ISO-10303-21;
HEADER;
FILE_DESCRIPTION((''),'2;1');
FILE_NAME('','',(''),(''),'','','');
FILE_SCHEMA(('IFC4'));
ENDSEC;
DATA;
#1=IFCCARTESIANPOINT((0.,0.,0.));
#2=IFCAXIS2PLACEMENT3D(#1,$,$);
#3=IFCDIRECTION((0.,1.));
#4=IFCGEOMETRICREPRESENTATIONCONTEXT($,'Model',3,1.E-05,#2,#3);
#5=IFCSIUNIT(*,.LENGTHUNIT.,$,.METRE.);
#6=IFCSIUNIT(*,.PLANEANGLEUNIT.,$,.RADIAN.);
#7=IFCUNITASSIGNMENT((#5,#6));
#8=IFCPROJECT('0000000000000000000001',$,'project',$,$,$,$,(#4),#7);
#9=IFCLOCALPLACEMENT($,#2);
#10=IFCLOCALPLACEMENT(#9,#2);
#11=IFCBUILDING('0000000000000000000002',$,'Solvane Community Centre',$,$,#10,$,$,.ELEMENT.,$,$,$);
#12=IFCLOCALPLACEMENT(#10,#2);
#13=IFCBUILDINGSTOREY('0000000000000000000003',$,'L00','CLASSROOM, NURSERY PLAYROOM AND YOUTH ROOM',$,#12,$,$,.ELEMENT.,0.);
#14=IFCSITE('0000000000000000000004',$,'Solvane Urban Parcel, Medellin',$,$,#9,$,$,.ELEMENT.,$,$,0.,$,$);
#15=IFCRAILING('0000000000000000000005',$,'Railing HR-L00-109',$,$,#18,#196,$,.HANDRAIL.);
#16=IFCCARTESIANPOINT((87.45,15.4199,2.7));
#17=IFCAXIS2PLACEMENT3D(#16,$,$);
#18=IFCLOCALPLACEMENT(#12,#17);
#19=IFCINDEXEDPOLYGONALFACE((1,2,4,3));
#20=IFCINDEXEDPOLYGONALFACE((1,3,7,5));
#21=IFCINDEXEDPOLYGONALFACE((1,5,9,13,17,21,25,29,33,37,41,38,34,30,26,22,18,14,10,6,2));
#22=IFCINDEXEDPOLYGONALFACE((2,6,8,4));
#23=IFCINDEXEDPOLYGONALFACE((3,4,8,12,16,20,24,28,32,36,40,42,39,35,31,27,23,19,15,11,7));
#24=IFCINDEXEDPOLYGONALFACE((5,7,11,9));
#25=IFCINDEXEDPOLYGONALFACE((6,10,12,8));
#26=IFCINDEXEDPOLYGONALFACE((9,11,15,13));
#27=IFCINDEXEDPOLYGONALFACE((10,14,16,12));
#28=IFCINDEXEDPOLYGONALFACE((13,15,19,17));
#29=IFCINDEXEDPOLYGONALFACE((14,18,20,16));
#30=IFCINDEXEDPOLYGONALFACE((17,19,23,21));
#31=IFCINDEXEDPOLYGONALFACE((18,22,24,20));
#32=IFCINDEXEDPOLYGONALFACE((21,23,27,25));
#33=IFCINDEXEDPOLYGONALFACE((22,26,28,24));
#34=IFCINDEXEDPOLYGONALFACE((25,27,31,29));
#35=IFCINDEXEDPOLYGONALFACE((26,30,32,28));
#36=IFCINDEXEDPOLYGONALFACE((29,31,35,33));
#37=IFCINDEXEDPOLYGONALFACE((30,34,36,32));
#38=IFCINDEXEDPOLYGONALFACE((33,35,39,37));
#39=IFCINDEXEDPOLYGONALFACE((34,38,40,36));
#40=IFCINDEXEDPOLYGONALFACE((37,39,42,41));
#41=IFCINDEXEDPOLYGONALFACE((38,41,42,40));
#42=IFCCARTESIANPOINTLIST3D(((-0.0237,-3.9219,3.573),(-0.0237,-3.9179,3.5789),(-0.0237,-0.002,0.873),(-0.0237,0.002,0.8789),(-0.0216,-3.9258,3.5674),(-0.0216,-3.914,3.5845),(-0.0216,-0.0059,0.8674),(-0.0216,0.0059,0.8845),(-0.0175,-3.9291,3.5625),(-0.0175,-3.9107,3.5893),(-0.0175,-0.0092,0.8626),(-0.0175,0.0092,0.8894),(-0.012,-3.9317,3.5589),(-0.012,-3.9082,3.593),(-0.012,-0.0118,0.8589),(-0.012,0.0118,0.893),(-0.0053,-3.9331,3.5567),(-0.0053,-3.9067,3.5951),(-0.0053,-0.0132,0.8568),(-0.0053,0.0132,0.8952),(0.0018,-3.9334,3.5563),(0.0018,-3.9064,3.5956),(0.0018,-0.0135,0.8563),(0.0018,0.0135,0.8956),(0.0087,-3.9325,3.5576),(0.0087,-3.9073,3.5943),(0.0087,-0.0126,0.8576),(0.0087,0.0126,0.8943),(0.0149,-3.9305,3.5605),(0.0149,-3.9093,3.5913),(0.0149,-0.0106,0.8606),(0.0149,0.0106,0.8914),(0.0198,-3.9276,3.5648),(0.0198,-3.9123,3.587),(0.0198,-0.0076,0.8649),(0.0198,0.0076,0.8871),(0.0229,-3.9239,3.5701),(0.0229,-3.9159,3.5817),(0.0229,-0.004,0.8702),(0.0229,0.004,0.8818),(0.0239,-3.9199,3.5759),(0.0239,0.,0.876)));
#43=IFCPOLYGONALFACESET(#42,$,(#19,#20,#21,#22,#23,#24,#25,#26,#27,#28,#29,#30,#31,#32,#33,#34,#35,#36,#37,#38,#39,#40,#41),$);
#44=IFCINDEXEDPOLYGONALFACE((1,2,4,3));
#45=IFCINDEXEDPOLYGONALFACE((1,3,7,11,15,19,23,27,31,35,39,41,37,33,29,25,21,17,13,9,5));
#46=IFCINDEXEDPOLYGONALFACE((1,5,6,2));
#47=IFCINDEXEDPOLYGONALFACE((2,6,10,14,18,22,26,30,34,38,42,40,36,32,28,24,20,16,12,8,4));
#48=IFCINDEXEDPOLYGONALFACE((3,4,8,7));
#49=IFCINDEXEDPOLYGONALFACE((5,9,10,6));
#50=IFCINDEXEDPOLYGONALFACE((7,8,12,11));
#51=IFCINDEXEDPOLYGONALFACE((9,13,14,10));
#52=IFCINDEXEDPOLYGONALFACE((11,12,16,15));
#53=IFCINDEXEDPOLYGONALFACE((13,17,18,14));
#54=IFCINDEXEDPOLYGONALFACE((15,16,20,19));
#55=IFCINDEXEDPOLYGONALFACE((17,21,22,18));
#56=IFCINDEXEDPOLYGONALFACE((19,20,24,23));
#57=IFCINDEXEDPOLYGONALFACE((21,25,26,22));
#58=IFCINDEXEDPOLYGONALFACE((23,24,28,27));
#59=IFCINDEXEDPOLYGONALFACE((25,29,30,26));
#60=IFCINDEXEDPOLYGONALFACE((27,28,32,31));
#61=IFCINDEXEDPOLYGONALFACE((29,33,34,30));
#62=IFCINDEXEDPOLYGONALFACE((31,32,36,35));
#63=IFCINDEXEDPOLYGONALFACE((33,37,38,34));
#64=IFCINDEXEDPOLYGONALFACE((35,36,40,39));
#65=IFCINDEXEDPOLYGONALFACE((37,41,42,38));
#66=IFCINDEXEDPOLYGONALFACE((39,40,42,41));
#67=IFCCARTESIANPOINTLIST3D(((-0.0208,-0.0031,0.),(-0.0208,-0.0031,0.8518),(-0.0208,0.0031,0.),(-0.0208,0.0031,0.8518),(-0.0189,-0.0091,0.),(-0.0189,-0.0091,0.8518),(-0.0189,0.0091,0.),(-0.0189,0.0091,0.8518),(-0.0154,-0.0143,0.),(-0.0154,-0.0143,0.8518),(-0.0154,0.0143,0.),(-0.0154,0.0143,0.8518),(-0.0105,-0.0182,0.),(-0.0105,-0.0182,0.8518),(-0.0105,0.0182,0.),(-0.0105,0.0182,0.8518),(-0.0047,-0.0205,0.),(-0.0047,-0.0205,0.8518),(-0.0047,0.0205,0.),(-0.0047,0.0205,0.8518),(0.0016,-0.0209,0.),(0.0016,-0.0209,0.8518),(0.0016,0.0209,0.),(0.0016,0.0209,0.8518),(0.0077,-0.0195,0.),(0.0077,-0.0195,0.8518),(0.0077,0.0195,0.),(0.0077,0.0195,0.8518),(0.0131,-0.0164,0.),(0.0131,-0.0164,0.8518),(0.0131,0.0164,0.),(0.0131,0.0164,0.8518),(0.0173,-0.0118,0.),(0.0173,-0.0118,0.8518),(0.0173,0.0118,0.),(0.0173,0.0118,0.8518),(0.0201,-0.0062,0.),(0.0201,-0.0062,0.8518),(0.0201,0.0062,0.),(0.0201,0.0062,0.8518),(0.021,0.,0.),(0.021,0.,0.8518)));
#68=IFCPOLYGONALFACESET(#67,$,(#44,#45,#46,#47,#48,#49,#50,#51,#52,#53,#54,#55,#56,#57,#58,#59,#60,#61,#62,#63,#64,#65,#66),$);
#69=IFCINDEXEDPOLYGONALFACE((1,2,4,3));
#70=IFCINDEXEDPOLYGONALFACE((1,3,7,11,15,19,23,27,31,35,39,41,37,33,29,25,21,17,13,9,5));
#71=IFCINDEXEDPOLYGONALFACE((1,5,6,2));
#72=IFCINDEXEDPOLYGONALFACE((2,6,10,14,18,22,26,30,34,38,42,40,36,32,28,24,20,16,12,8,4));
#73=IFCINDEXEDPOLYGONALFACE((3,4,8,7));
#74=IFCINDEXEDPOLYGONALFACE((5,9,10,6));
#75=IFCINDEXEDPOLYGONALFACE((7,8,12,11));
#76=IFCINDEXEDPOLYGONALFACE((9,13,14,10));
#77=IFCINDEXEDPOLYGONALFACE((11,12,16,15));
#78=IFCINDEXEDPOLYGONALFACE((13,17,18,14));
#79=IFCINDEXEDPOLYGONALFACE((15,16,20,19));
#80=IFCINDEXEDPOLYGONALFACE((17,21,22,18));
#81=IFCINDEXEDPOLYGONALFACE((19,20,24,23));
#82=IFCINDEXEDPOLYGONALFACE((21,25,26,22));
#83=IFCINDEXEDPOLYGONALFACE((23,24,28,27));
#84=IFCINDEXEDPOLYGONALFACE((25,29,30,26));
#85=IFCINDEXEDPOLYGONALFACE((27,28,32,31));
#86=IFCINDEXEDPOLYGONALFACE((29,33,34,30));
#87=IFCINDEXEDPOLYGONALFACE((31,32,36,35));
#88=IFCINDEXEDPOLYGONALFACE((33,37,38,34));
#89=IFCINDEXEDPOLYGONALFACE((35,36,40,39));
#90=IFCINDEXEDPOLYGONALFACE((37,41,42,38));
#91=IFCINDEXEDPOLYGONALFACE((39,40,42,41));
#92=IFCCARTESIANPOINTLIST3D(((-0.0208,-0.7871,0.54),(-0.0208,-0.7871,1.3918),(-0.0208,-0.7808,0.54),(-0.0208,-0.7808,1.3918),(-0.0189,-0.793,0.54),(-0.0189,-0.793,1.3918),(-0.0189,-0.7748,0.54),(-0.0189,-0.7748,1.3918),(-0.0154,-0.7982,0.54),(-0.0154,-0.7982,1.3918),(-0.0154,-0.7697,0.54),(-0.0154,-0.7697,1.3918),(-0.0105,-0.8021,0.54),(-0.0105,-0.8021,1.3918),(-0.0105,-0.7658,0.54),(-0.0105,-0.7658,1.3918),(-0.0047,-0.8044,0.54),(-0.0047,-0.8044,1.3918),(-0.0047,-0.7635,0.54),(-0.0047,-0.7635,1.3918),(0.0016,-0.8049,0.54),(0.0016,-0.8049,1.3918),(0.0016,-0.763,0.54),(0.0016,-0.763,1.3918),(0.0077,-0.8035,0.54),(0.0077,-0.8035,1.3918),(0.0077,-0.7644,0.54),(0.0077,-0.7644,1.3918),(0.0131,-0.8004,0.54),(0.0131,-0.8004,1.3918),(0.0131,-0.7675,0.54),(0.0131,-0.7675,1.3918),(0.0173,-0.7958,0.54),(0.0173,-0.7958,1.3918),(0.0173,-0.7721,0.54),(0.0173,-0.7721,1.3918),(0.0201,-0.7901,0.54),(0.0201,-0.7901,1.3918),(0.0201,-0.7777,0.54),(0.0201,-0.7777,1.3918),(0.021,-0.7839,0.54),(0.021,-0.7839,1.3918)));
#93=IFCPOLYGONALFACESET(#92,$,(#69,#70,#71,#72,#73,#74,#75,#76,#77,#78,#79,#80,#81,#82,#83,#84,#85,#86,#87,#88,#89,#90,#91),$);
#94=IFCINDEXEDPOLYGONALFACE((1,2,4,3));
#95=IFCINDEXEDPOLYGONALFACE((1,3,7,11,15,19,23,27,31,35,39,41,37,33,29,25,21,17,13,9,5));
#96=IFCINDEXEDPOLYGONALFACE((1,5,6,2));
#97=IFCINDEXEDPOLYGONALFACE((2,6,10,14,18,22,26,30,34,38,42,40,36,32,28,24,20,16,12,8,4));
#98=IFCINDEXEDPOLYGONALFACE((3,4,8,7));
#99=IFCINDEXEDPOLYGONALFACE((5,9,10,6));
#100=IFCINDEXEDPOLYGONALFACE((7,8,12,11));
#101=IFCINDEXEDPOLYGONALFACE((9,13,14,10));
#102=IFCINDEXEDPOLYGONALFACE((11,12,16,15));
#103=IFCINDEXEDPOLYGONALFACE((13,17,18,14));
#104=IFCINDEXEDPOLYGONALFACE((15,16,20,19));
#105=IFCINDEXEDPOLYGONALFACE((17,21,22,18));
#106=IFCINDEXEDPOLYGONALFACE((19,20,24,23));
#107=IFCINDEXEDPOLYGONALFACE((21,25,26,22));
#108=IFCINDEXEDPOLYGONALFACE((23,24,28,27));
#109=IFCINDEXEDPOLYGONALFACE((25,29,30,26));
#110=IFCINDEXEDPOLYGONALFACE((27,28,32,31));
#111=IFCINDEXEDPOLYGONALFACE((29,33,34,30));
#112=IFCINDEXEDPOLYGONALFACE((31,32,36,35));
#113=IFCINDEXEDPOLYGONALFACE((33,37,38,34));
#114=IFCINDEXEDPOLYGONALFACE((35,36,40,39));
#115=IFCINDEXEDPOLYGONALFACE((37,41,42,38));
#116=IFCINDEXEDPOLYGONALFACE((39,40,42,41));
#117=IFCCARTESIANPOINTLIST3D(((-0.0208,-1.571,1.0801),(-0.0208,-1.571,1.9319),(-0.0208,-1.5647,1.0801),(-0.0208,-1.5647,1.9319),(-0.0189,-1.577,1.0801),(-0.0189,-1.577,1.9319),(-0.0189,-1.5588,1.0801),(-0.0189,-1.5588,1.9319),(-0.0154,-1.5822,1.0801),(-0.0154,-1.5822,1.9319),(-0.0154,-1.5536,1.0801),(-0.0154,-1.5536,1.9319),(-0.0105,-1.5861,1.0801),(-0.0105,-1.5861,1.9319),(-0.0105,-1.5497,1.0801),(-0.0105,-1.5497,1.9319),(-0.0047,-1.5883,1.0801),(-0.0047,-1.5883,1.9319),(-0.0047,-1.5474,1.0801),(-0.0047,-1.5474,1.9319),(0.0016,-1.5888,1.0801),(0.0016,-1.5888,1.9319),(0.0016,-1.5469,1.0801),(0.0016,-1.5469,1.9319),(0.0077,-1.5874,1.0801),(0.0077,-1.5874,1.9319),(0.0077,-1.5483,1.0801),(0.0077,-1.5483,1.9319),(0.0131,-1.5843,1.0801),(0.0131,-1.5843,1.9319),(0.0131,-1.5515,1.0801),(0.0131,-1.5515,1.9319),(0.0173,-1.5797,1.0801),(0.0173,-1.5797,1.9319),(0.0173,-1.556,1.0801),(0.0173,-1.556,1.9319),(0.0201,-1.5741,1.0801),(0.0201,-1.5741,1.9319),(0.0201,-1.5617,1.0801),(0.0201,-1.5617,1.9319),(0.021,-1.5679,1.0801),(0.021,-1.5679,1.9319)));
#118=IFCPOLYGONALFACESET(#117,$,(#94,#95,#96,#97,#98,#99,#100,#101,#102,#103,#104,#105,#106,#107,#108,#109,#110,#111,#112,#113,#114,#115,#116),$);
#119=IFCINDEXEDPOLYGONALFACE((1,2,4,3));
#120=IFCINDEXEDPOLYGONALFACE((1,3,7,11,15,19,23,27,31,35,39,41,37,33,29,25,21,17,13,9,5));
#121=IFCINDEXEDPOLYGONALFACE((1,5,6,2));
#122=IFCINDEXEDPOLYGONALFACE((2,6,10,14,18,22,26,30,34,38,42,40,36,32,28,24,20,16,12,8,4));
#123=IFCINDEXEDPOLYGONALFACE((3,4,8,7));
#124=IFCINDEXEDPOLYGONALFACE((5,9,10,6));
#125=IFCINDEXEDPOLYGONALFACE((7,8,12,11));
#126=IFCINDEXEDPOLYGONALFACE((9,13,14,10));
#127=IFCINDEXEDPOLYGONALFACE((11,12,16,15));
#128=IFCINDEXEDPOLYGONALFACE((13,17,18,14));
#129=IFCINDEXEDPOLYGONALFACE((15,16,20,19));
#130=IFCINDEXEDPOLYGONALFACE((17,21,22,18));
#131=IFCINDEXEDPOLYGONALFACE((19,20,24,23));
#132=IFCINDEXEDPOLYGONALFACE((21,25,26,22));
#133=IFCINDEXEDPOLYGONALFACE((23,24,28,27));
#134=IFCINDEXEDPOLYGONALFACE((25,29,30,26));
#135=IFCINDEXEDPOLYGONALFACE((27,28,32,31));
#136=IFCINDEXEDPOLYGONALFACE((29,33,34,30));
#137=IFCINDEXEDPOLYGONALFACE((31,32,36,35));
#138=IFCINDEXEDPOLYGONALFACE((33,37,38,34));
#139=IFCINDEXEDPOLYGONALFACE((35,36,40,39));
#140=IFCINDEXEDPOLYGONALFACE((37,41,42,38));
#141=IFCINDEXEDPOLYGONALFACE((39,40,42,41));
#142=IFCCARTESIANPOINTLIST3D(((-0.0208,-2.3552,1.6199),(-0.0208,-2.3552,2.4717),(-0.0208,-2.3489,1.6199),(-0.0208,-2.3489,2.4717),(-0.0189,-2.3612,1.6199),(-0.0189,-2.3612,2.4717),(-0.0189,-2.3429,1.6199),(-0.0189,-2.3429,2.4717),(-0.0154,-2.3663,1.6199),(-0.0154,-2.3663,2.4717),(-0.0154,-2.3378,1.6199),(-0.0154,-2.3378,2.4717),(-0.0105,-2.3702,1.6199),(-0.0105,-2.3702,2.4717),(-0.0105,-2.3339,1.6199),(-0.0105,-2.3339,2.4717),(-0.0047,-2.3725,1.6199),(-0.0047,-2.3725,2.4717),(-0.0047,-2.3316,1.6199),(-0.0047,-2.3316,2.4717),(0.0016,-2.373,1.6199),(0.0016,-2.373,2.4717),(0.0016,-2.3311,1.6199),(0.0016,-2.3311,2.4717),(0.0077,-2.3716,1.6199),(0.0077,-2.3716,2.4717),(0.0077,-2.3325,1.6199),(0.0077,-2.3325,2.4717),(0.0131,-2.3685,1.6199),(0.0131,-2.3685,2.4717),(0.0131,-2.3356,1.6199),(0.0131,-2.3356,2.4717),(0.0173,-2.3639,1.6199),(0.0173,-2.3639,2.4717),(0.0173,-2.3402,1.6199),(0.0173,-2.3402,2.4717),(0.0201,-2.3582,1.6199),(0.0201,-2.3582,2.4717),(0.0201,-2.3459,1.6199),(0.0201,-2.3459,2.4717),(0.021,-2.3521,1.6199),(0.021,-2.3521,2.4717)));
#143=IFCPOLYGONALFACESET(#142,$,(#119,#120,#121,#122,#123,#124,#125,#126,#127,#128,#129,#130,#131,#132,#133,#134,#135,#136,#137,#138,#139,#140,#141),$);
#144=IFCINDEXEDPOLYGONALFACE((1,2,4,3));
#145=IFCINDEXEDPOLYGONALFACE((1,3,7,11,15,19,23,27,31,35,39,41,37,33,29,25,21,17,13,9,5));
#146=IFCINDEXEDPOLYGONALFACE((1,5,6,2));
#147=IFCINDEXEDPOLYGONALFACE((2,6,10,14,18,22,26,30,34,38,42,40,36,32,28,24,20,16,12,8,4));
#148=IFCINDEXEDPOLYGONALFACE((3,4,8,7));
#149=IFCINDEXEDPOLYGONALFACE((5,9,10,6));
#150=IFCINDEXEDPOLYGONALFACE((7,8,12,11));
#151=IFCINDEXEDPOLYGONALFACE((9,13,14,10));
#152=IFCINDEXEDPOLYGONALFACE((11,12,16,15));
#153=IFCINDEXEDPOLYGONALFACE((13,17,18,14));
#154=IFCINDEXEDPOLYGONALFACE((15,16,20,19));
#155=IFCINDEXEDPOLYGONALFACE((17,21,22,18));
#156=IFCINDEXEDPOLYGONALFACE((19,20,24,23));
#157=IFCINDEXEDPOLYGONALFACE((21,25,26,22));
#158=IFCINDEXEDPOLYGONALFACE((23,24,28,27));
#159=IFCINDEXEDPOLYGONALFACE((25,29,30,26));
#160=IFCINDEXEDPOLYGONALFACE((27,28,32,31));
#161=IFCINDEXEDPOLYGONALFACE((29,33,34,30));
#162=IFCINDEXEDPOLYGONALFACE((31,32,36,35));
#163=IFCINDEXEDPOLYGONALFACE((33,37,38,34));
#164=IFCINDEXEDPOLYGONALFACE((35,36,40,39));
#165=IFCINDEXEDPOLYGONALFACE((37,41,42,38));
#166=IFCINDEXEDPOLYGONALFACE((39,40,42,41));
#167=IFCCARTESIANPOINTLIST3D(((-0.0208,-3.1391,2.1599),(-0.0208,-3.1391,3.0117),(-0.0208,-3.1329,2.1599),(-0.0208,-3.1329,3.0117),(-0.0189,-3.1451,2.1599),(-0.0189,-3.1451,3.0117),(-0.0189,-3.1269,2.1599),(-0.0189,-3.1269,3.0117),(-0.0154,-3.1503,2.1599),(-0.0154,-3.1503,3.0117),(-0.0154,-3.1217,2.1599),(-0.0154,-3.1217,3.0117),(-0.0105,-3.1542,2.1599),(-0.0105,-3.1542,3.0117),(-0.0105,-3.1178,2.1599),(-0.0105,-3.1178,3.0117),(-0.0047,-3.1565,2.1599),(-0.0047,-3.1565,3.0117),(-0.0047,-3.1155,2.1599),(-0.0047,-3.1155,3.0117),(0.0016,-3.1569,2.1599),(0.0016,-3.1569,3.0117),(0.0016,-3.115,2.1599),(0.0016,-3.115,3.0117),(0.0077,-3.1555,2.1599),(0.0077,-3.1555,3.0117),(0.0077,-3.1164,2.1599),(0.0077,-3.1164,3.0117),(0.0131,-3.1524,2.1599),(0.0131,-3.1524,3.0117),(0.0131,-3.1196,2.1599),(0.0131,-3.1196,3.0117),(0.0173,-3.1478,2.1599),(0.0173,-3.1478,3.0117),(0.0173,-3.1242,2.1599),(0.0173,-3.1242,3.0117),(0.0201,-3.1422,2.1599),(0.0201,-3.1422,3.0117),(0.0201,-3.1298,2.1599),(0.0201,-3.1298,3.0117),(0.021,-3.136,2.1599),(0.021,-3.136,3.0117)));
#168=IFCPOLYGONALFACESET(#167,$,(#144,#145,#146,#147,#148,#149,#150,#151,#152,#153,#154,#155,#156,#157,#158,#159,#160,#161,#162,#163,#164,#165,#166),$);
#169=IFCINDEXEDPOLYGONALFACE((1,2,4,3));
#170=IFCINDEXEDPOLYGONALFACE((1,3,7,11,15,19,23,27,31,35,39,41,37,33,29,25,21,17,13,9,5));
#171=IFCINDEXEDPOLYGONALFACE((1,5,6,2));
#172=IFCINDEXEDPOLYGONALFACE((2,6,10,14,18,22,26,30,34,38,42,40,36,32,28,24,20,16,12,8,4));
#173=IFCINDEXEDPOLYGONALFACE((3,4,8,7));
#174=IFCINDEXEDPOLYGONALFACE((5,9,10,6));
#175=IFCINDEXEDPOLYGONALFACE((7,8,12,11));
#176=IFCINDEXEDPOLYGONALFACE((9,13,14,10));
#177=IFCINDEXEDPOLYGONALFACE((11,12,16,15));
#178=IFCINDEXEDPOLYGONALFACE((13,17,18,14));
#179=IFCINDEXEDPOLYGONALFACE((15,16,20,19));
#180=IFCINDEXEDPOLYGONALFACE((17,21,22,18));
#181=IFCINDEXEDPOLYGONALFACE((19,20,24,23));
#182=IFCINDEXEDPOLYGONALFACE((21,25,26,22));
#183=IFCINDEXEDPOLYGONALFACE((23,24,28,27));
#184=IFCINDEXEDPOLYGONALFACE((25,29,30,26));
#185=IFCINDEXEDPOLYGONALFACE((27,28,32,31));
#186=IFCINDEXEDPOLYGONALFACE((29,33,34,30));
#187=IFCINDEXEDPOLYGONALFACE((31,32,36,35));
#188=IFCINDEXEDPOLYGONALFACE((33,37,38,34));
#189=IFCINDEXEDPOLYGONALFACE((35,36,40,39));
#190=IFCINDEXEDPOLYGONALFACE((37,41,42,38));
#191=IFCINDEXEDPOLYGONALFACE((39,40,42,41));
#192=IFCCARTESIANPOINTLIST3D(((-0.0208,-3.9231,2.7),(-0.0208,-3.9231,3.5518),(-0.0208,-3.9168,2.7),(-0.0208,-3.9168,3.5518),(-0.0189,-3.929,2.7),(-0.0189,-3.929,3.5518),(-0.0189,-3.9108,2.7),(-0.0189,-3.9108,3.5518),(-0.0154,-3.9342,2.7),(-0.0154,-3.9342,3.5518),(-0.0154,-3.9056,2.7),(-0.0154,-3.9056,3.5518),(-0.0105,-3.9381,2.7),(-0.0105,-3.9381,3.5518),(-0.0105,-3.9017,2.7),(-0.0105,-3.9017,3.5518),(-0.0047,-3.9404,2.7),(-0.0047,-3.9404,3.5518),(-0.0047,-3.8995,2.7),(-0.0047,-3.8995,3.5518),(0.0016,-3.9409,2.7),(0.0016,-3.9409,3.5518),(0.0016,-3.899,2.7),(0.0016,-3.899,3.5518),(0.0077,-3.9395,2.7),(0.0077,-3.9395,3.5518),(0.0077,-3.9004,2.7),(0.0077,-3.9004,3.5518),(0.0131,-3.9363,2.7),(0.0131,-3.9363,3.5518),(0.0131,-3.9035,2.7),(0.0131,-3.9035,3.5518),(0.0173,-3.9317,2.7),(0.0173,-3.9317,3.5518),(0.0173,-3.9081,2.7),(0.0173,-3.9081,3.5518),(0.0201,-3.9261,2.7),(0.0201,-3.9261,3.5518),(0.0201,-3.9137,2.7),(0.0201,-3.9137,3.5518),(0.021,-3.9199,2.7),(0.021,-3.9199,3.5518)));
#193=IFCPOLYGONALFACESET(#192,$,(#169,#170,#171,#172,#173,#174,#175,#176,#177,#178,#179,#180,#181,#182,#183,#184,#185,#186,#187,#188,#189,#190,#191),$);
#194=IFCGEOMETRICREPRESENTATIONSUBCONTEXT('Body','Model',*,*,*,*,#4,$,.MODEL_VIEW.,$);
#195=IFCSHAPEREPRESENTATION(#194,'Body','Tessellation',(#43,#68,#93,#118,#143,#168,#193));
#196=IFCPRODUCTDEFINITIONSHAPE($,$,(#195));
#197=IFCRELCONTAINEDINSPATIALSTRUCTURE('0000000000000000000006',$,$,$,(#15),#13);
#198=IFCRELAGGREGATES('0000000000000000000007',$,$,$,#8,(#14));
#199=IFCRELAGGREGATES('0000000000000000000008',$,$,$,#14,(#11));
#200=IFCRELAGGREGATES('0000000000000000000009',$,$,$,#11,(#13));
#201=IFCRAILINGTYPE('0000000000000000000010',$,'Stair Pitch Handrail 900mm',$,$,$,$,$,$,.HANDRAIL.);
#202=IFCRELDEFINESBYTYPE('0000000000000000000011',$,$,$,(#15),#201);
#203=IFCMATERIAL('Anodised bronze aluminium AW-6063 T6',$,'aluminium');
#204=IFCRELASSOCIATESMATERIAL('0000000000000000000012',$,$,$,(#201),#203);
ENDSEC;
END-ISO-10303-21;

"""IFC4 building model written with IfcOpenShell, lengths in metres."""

from ifc_helpers import new_model, si_unit, direction, frame, origin, origin_2d, place, context, subcontext, project, spatial, circle, extrude, material, type_object, element, save


model = new_model("IFC4")

# Units and contexts
model_context = context("Model", 3, precision=1e-05, world=origin(), true_north=direction((0.0, 1.0)))
body_context = subcontext(model_context, "Body", "Model", "MODEL_VIEW")
ifc_project = project(units=[si_unit("LENGTHUNIT", "METRE"), si_unit("PLANEANGLEUNIT", "RADIAN")], contexts=[model_context])

# Site, building, storey
site_placement = place(None, origin())
site = spatial("IfcSite", under=ifc_project, at=site_placement, Name="Solvane Urban Parcel, Medellin", CompositionType="ELEMENT", RefElevation=0.0)
building_placement = place(site_placement, origin())
building = spatial("IfcBuilding", under=site, at=building_placement, Name="Solvane Community Centre", CompositionType="ELEMENT")
storey_placement = place(building_placement, origin())
storey = spatial("IfcBuildingStorey", under=building, at=storey_placement, Name="L00", Description="CLASSROOM, NURSERY PLAYROOM AND YOUTH ROOM", CompositionType="ELEMENT", Elevation=0.0)

# Shared definitions
ifc_material_1 = material(Name="Anodised bronze aluminium AW-6063 T6", Category="aluminium")

# Railing
railing_type_1 = type_object("IfcRailingType", Name="Stair Pitch Handrail 900mm", PredefinedType="HANDRAIL", material=ifc_material_1)
railing_1_placement = place(storey_placement, frame((87.45, 15.4199, 2.7)))
element("IfcRailing", 1, at=railing_1_placement, inside=storey, type_object=railing_type_1, Name="Railing HR-L00-109", PredefinedType="HANDRAIL", context=body_context, shape_type="SweptSolid", body=[
    extrude(circle(Radius=0.0239, at=origin_2d()), frame((0.0, 0.0, 0.876), z_axis=(0.0, -0.823551, 0.567243), x_axis=(1.0, 0.0, 0.0)), (0.0, 0.0, 1.0), 4.7598),
    extrude(circle(Radius=0.021, at=origin_2d()), origin(), (0.0, 0.0, 1.0), 0.8518),
    extrude(circle(Radius=0.021, at=origin_2d()), frame((0.0, -0.7839, 0.54)), (0.0, 0.0, 1.0), 0.8518),
    extrude(circle(Radius=0.021, at=origin_2d()), frame((0.0, -1.5679, 1.0801)), (0.0, 0.0, 1.0), 0.8518),
    extrude(circle(Radius=0.021, at=origin_2d()), frame((0.0, -2.3521, 1.6199)), (0.0, 0.0, 1.0), 0.8518),
    extrude(circle(Radius=0.021, at=origin_2d()), frame((0.0, -3.136, 2.1599)), (0.0, 0.0, 1.0), 0.8518),
    extrude(circle(Radius=0.021, at=origin_2d()), frame((0.0, -3.9199, 2.7)), (0.0, 0.0, 1.0), 0.8518),
])

save(model, "model.ifc")
